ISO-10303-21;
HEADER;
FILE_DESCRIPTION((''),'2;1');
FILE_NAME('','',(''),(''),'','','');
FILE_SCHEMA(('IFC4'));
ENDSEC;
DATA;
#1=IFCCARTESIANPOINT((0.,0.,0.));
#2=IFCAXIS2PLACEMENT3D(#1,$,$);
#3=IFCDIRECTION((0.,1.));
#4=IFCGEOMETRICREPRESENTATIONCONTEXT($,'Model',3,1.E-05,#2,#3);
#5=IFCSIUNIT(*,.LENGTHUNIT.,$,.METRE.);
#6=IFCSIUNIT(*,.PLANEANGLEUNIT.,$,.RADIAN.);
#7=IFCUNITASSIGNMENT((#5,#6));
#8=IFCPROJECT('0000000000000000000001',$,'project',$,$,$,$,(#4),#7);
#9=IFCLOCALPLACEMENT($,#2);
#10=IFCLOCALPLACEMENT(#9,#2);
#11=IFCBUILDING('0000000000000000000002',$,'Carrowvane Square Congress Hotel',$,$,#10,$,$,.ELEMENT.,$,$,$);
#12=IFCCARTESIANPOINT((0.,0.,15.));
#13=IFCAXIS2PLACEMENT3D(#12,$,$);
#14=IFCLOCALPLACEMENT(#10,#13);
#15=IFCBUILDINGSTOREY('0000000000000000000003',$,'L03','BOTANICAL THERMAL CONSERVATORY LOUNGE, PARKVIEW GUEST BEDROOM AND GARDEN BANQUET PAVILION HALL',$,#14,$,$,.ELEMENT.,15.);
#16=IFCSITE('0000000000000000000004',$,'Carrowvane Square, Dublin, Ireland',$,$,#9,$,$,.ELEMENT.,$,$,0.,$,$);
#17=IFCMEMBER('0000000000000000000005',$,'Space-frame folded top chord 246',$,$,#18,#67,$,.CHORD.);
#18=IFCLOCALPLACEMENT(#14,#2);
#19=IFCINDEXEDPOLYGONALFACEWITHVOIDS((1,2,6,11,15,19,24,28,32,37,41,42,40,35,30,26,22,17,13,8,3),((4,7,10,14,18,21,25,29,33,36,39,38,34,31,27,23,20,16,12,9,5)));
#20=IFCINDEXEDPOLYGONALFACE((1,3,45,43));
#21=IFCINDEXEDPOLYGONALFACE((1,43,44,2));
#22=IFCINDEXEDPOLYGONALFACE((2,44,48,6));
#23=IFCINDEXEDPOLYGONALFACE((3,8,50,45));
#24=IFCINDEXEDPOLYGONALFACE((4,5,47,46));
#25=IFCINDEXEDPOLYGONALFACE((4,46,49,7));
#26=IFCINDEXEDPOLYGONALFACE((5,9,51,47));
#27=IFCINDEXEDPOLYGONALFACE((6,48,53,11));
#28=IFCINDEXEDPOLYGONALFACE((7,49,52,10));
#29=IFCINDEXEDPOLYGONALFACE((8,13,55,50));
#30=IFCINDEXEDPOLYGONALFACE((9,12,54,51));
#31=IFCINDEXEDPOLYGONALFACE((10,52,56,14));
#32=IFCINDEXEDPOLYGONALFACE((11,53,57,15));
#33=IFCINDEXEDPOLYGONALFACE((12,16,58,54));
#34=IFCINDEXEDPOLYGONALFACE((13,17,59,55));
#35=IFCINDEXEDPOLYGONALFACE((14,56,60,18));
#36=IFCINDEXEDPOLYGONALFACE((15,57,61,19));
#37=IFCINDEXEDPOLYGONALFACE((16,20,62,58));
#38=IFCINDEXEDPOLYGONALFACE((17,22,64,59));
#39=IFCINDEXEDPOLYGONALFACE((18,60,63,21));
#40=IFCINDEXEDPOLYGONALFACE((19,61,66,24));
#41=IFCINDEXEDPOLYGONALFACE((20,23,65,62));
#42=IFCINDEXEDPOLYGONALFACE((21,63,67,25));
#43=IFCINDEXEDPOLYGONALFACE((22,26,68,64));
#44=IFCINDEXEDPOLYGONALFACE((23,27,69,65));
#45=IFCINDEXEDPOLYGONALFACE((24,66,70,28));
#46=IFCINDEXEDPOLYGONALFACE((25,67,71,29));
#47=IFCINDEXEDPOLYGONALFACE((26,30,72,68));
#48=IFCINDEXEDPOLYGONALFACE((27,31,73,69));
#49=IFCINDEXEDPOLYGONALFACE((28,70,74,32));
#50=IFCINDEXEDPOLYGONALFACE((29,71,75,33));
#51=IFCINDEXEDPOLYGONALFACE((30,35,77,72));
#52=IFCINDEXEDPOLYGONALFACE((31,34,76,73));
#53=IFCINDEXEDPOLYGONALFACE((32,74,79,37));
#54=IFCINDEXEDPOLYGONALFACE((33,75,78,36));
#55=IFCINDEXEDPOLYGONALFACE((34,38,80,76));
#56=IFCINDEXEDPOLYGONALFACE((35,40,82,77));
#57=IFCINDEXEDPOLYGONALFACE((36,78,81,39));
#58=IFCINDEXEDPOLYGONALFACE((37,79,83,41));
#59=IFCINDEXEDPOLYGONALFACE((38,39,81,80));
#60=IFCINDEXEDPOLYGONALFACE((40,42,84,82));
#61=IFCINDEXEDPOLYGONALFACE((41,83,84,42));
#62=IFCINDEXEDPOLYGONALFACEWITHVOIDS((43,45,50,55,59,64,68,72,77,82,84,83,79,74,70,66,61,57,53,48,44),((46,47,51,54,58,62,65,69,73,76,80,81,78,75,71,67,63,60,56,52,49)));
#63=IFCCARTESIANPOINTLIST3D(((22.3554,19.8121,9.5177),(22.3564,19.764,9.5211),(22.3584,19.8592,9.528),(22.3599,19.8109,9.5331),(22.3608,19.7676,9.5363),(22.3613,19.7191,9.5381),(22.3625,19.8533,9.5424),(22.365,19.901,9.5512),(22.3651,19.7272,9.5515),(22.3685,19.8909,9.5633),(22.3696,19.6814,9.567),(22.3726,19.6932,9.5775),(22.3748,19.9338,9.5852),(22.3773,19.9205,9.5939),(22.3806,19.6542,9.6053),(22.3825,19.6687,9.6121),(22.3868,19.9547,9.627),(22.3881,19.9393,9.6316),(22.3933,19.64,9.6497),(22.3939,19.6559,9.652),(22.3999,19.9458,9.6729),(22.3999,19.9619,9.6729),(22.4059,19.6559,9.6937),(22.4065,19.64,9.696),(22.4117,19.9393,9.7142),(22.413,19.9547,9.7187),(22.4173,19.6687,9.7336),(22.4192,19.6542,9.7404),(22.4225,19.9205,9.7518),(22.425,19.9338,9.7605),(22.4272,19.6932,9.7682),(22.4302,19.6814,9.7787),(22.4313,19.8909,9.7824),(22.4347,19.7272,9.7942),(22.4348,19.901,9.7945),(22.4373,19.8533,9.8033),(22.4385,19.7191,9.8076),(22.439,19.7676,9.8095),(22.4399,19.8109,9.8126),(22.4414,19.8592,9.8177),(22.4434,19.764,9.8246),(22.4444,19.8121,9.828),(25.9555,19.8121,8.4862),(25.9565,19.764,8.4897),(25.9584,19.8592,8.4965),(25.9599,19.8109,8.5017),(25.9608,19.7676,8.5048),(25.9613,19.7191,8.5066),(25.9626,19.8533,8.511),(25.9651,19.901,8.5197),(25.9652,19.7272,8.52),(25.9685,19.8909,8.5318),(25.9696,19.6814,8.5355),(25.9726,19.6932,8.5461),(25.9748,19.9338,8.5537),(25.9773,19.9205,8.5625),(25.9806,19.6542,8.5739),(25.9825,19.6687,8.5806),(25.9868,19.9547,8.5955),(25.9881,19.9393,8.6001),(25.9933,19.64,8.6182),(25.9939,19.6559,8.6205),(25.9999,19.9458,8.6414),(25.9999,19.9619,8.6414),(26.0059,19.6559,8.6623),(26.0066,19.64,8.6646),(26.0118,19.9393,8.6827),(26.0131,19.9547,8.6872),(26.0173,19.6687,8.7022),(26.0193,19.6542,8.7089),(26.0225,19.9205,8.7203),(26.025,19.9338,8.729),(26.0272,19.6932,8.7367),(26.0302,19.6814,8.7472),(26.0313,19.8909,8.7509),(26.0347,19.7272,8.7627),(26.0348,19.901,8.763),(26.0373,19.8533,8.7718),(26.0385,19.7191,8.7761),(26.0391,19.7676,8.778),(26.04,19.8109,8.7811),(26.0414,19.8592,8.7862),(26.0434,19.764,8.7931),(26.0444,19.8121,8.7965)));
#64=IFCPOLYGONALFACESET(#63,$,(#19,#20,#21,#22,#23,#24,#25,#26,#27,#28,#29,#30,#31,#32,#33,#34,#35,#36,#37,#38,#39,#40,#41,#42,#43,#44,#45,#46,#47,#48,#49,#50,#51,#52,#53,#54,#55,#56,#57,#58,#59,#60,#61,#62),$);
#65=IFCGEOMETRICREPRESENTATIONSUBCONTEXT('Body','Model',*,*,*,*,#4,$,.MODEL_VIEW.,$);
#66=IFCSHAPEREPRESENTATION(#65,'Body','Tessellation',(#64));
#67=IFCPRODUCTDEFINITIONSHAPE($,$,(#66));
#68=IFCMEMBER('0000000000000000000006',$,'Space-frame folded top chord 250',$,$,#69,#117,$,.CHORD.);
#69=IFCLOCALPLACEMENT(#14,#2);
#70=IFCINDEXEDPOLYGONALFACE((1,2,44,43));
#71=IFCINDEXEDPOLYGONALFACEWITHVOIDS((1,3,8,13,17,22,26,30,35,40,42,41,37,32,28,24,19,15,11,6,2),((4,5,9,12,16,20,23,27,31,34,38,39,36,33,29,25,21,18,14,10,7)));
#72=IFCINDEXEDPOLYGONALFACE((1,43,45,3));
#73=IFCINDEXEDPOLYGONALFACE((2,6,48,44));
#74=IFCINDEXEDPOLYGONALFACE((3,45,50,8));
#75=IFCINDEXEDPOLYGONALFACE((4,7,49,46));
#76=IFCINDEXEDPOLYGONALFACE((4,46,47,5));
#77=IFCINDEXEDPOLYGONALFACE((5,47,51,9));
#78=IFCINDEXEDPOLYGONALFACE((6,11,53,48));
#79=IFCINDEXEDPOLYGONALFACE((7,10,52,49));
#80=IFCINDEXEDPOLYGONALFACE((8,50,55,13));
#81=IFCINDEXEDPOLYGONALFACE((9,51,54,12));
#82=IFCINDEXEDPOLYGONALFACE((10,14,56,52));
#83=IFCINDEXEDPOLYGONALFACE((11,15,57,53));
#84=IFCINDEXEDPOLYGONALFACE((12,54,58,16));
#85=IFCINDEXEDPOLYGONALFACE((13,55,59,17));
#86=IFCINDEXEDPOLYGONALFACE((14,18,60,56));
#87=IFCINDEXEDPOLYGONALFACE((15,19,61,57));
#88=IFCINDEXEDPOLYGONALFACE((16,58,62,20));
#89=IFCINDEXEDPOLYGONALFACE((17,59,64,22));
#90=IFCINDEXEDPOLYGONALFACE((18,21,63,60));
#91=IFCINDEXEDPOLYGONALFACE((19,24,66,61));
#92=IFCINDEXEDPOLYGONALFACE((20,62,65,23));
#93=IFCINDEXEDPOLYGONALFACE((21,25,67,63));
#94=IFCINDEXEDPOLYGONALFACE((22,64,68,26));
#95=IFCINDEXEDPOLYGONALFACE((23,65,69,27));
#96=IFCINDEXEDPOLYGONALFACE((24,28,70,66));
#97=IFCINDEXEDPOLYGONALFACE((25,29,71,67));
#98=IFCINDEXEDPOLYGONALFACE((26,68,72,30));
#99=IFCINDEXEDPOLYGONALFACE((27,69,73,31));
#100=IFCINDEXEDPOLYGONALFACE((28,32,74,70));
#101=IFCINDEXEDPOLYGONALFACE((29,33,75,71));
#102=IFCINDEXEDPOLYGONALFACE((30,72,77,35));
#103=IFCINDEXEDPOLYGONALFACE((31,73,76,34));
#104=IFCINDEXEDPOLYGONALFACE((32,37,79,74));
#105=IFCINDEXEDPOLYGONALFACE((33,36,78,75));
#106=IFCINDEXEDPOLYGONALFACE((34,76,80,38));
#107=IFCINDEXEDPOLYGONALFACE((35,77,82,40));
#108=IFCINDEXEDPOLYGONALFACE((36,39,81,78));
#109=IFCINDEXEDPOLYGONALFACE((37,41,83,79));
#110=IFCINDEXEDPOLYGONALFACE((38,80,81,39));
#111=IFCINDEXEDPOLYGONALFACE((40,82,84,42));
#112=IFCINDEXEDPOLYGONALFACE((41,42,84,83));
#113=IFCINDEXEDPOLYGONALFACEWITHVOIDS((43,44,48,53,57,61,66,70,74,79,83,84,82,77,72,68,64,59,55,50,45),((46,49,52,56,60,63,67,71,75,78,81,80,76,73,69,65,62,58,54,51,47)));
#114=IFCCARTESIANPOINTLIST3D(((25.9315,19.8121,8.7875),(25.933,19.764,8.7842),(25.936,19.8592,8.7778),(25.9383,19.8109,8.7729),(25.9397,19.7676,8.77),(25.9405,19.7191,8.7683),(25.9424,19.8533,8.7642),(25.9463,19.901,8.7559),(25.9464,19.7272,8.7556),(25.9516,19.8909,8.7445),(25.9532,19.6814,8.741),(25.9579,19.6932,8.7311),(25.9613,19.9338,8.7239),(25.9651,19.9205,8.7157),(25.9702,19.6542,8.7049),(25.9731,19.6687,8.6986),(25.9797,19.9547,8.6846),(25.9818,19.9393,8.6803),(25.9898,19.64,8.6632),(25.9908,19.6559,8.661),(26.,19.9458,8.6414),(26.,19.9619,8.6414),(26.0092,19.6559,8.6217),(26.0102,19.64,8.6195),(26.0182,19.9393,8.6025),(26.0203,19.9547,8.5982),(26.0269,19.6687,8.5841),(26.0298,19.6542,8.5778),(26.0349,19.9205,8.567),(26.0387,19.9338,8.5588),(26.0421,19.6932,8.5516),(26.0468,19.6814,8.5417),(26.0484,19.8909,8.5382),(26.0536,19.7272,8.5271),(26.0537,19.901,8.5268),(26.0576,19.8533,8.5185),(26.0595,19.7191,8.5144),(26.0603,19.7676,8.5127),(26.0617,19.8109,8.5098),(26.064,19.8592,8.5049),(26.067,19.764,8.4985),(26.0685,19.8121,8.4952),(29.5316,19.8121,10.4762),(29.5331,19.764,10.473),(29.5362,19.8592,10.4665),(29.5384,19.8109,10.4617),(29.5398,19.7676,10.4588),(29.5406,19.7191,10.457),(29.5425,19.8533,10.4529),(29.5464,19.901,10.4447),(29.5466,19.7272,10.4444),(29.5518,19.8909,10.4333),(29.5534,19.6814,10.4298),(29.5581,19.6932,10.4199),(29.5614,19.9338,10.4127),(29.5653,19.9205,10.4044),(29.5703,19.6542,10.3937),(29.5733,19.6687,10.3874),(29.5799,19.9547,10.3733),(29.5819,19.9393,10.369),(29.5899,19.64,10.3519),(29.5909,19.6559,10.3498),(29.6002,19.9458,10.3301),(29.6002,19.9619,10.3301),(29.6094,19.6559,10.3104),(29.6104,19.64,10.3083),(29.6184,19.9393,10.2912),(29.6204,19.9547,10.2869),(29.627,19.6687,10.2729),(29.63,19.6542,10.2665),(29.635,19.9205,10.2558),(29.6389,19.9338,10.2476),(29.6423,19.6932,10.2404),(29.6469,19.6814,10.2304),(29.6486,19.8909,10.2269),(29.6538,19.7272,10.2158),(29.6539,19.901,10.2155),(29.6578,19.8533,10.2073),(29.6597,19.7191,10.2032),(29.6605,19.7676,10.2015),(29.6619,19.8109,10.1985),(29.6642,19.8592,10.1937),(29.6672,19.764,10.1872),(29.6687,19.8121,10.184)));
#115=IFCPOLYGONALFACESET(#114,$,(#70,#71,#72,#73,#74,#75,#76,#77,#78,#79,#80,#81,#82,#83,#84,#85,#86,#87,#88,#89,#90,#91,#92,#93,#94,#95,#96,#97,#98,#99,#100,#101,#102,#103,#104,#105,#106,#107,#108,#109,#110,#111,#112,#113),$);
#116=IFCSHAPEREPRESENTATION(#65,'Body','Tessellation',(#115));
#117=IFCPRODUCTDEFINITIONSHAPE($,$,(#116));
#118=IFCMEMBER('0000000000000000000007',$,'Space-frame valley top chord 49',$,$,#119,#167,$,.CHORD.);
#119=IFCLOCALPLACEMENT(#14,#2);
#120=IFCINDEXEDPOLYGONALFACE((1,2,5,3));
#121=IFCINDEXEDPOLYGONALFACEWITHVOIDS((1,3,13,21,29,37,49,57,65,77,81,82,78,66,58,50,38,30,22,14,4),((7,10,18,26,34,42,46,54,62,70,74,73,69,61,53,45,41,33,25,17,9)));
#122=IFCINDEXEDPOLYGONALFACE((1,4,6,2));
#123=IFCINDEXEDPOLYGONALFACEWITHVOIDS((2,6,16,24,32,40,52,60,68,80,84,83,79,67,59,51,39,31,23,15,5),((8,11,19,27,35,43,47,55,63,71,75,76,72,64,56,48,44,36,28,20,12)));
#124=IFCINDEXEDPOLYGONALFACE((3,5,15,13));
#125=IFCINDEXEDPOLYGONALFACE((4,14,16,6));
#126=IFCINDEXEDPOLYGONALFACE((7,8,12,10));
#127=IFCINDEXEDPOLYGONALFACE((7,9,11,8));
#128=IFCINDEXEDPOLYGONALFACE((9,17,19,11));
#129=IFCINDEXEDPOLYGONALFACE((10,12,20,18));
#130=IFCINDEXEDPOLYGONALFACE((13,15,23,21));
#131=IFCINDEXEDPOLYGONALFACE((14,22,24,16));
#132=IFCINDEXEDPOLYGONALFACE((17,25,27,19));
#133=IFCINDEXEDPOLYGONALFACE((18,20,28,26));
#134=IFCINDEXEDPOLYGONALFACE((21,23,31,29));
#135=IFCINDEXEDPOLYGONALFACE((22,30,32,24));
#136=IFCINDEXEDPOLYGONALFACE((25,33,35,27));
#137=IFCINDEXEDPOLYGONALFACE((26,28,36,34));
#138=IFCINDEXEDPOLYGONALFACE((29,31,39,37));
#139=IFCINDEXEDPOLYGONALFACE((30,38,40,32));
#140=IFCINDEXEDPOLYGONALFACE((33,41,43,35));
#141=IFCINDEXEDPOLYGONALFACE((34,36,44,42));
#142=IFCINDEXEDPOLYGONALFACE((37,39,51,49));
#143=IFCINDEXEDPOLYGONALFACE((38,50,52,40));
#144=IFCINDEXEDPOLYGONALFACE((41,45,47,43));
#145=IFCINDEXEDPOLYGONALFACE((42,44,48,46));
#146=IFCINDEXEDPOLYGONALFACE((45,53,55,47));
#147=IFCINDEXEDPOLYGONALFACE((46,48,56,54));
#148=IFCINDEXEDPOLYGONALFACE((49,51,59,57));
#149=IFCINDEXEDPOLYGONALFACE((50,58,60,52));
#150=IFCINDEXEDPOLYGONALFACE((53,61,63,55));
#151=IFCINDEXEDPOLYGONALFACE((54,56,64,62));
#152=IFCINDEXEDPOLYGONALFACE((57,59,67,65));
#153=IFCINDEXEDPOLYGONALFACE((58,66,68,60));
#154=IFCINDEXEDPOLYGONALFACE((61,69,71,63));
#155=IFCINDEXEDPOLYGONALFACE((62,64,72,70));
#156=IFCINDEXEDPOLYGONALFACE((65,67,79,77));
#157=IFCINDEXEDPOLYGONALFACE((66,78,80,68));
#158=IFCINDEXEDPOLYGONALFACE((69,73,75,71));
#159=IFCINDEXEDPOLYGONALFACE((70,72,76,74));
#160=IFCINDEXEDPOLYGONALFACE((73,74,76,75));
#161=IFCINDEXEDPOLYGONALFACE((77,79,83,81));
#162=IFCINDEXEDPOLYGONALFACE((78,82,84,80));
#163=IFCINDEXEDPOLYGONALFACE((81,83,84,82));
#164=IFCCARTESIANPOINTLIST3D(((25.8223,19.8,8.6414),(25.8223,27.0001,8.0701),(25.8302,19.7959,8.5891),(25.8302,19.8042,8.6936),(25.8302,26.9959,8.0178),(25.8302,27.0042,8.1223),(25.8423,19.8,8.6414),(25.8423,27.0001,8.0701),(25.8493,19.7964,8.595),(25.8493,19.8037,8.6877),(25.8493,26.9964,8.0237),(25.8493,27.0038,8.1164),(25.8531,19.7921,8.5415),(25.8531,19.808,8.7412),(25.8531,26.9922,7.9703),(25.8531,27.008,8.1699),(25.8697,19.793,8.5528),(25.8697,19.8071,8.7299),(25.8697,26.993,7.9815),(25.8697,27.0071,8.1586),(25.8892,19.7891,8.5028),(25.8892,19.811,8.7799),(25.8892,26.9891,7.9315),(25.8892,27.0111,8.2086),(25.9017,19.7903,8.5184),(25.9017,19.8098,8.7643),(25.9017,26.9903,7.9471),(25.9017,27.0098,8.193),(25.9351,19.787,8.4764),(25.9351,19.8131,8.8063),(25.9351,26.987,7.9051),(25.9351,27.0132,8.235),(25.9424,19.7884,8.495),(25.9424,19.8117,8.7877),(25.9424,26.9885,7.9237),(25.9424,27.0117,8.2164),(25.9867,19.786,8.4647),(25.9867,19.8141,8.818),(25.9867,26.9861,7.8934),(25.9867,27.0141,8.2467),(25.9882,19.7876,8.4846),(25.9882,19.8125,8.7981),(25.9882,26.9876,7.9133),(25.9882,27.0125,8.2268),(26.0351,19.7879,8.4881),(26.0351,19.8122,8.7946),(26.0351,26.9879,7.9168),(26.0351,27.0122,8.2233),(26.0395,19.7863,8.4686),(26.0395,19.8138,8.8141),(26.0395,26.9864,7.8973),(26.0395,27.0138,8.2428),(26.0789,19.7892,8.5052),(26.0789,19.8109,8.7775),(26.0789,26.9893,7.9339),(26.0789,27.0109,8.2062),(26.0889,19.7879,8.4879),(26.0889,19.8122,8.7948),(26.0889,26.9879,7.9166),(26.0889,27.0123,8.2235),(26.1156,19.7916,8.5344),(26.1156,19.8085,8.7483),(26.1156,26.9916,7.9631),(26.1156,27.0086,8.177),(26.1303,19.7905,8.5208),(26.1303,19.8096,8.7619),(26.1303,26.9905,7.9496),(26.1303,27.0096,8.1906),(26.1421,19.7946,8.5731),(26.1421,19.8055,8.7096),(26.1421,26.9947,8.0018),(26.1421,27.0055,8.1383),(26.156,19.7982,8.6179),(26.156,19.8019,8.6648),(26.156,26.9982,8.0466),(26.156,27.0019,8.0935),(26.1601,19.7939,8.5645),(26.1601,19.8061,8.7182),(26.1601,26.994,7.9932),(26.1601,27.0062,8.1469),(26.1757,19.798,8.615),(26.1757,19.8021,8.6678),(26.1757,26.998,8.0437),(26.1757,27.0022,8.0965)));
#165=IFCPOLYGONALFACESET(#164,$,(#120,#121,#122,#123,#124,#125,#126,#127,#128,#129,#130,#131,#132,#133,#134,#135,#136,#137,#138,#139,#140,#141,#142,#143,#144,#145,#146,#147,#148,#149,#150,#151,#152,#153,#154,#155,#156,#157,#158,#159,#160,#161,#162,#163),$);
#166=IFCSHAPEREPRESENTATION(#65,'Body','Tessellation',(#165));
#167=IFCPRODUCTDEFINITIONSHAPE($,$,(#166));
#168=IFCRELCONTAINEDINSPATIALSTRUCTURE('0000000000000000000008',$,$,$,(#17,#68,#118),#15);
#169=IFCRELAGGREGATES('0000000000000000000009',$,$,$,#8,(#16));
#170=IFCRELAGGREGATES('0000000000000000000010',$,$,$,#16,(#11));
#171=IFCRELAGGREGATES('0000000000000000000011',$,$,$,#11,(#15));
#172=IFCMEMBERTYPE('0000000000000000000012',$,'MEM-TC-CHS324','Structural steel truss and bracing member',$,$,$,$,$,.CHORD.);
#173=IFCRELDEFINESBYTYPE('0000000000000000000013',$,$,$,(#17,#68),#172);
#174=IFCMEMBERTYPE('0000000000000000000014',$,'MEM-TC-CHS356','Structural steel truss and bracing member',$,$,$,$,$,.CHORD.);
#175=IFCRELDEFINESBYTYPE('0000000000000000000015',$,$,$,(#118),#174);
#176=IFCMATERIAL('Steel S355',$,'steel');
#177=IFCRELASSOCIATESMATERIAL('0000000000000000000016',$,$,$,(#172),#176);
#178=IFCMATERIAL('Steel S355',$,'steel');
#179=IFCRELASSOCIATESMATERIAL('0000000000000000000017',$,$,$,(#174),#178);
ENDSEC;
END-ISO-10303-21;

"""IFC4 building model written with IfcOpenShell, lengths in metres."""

from ifc_helpers import new_model, si_unit, direction, frame, origin, origin_2d, place, context, subcontext, project, spatial, hollow_circle, extrude, material, material_profile, profile_set, type_object, element, save


model = new_model("IFC4")

# Units and contexts
model_context = context("Model", 3, precision=1e-05, world=origin(), true_north=direction((0.0, 1.0)))
body_context = subcontext(model_context, "Body", "Model", "MODEL_VIEW")
ifc_project = project(units=[si_unit("LENGTHUNIT", "METRE"), si_unit("PLANEANGLEUNIT", "RADIAN")], contexts=[model_context])

# Site, building, storey
site_placement = place(None, origin())
site = spatial("IfcSite", under=ifc_project, at=site_placement, Name="Carrowvane Square, Dublin, Ireland", CompositionType="ELEMENT", RefElevation=0.0)
building_placement = place(site_placement, origin())
building = spatial("IfcBuilding", under=site, at=building_placement, Name="Carrowvane Square Congress Hotel", CompositionType="ELEMENT")
storey_placement = place(building_placement, frame((0.0, 0.0, 15.0)))
storey = spatial("IfcBuildingStorey", under=building, at=storey_placement, Name="L03", Description="BOTANICAL THERMAL CONSERVATORY LOUNGE, PARKVIEW GUEST BEDROOM AND GARDEN BANQUET PAVILION HALL", CompositionType="ELEMENT", Elevation=15.0)

# Members
ifc_material_1 = material(Name="Steel S355", Category="steel")
ifc_material_profile_1 = material_profile(ifc_material_1, hollow_circle(Radius=0.1619, WallThickness=0.0161, at=origin_2d()), Name="CHS 323.9x16")
ifc_profile_set_1 = profile_set([ifc_material_profile_1], Name="Steel S355")
member_type_1 = type_object("IfcMemberType", Name="MEM-TC-CHS324", Description="Structural steel truss and bracing member", PredefinedType="CHORD", material=ifc_profile_set_1)
member_1_placement = place(storey_placement, frame((22.3999, 19.8, 9.6729), z_axis=(0.961319, 0.0, -0.275436), x_axis=(0.0, 1.0, 0.0)))
element("IfcMember", 1, at=member_1_placement, inside=storey, type_object=member_type_1, Name="Space-frame folded top chord 246", PredefinedType="CHORD", context=body_context, shape_type="SweptSolid", body=[
    extrude(hollow_circle(Radius=0.1619, WallThickness=0.0161, at=origin_2d()), origin(), (0.0, 0.0, 1.0), 3.7449),
])
member_2_placement = place(storey_placement, frame((26.0, 19.8, 8.6414), z_axis=(0.905345, 0.0, 0.424676), x_axis=(0.0, 1.0, 0.0)))
element("IfcMember", 2, at=member_2_placement, inside=storey, type_object=member_type_1, Name="Space-frame folded top chord 250", PredefinedType="CHORD", context=body_context, shape_type="SweptSolid", body=[
    extrude(hollow_circle(Radius=0.1619, WallThickness=0.0161, at=origin_2d()), origin(), (0.0, 0.0, 1.0), 3.9766),
])
ifc_material_2 = material(Name="Steel S355", Category="steel")
ifc_material_profile_2 = material_profile(ifc_material_2, hollow_circle(Radius=0.1777, WallThickness=0.02, at=origin_2d()), Name="CHS 355.6x20")
ifc_profile_set_2 = profile_set([ifc_material_profile_2], Name="Steel S355")
member_type_2 = type_object("IfcMemberType", Name="MEM-TC-CHS356", Description="Structural steel truss and bracing member", PredefinedType="CHORD", material=ifc_profile_set_2)
member_3_placement = place(storey_placement, frame((26.0, 19.8, 8.6414), z_axis=(0.0, 0.996867, -0.079098), x_axis=(-1.0, 0.0, 0.0)))
element("IfcMember", 3, at=member_3_placement, inside=storey, type_object=member_type_2, Name="Space-frame valley top chord 49", PredefinedType="CHORD", context=body_context, shape_type="SweptSolid", body=[
    extrude(hollow_circle(Radius=0.1777, WallThickness=0.02, at=origin_2d()), origin(), (0.0, 0.0, 1.0), 7.2227),
])

save(model, "model.ifc")
